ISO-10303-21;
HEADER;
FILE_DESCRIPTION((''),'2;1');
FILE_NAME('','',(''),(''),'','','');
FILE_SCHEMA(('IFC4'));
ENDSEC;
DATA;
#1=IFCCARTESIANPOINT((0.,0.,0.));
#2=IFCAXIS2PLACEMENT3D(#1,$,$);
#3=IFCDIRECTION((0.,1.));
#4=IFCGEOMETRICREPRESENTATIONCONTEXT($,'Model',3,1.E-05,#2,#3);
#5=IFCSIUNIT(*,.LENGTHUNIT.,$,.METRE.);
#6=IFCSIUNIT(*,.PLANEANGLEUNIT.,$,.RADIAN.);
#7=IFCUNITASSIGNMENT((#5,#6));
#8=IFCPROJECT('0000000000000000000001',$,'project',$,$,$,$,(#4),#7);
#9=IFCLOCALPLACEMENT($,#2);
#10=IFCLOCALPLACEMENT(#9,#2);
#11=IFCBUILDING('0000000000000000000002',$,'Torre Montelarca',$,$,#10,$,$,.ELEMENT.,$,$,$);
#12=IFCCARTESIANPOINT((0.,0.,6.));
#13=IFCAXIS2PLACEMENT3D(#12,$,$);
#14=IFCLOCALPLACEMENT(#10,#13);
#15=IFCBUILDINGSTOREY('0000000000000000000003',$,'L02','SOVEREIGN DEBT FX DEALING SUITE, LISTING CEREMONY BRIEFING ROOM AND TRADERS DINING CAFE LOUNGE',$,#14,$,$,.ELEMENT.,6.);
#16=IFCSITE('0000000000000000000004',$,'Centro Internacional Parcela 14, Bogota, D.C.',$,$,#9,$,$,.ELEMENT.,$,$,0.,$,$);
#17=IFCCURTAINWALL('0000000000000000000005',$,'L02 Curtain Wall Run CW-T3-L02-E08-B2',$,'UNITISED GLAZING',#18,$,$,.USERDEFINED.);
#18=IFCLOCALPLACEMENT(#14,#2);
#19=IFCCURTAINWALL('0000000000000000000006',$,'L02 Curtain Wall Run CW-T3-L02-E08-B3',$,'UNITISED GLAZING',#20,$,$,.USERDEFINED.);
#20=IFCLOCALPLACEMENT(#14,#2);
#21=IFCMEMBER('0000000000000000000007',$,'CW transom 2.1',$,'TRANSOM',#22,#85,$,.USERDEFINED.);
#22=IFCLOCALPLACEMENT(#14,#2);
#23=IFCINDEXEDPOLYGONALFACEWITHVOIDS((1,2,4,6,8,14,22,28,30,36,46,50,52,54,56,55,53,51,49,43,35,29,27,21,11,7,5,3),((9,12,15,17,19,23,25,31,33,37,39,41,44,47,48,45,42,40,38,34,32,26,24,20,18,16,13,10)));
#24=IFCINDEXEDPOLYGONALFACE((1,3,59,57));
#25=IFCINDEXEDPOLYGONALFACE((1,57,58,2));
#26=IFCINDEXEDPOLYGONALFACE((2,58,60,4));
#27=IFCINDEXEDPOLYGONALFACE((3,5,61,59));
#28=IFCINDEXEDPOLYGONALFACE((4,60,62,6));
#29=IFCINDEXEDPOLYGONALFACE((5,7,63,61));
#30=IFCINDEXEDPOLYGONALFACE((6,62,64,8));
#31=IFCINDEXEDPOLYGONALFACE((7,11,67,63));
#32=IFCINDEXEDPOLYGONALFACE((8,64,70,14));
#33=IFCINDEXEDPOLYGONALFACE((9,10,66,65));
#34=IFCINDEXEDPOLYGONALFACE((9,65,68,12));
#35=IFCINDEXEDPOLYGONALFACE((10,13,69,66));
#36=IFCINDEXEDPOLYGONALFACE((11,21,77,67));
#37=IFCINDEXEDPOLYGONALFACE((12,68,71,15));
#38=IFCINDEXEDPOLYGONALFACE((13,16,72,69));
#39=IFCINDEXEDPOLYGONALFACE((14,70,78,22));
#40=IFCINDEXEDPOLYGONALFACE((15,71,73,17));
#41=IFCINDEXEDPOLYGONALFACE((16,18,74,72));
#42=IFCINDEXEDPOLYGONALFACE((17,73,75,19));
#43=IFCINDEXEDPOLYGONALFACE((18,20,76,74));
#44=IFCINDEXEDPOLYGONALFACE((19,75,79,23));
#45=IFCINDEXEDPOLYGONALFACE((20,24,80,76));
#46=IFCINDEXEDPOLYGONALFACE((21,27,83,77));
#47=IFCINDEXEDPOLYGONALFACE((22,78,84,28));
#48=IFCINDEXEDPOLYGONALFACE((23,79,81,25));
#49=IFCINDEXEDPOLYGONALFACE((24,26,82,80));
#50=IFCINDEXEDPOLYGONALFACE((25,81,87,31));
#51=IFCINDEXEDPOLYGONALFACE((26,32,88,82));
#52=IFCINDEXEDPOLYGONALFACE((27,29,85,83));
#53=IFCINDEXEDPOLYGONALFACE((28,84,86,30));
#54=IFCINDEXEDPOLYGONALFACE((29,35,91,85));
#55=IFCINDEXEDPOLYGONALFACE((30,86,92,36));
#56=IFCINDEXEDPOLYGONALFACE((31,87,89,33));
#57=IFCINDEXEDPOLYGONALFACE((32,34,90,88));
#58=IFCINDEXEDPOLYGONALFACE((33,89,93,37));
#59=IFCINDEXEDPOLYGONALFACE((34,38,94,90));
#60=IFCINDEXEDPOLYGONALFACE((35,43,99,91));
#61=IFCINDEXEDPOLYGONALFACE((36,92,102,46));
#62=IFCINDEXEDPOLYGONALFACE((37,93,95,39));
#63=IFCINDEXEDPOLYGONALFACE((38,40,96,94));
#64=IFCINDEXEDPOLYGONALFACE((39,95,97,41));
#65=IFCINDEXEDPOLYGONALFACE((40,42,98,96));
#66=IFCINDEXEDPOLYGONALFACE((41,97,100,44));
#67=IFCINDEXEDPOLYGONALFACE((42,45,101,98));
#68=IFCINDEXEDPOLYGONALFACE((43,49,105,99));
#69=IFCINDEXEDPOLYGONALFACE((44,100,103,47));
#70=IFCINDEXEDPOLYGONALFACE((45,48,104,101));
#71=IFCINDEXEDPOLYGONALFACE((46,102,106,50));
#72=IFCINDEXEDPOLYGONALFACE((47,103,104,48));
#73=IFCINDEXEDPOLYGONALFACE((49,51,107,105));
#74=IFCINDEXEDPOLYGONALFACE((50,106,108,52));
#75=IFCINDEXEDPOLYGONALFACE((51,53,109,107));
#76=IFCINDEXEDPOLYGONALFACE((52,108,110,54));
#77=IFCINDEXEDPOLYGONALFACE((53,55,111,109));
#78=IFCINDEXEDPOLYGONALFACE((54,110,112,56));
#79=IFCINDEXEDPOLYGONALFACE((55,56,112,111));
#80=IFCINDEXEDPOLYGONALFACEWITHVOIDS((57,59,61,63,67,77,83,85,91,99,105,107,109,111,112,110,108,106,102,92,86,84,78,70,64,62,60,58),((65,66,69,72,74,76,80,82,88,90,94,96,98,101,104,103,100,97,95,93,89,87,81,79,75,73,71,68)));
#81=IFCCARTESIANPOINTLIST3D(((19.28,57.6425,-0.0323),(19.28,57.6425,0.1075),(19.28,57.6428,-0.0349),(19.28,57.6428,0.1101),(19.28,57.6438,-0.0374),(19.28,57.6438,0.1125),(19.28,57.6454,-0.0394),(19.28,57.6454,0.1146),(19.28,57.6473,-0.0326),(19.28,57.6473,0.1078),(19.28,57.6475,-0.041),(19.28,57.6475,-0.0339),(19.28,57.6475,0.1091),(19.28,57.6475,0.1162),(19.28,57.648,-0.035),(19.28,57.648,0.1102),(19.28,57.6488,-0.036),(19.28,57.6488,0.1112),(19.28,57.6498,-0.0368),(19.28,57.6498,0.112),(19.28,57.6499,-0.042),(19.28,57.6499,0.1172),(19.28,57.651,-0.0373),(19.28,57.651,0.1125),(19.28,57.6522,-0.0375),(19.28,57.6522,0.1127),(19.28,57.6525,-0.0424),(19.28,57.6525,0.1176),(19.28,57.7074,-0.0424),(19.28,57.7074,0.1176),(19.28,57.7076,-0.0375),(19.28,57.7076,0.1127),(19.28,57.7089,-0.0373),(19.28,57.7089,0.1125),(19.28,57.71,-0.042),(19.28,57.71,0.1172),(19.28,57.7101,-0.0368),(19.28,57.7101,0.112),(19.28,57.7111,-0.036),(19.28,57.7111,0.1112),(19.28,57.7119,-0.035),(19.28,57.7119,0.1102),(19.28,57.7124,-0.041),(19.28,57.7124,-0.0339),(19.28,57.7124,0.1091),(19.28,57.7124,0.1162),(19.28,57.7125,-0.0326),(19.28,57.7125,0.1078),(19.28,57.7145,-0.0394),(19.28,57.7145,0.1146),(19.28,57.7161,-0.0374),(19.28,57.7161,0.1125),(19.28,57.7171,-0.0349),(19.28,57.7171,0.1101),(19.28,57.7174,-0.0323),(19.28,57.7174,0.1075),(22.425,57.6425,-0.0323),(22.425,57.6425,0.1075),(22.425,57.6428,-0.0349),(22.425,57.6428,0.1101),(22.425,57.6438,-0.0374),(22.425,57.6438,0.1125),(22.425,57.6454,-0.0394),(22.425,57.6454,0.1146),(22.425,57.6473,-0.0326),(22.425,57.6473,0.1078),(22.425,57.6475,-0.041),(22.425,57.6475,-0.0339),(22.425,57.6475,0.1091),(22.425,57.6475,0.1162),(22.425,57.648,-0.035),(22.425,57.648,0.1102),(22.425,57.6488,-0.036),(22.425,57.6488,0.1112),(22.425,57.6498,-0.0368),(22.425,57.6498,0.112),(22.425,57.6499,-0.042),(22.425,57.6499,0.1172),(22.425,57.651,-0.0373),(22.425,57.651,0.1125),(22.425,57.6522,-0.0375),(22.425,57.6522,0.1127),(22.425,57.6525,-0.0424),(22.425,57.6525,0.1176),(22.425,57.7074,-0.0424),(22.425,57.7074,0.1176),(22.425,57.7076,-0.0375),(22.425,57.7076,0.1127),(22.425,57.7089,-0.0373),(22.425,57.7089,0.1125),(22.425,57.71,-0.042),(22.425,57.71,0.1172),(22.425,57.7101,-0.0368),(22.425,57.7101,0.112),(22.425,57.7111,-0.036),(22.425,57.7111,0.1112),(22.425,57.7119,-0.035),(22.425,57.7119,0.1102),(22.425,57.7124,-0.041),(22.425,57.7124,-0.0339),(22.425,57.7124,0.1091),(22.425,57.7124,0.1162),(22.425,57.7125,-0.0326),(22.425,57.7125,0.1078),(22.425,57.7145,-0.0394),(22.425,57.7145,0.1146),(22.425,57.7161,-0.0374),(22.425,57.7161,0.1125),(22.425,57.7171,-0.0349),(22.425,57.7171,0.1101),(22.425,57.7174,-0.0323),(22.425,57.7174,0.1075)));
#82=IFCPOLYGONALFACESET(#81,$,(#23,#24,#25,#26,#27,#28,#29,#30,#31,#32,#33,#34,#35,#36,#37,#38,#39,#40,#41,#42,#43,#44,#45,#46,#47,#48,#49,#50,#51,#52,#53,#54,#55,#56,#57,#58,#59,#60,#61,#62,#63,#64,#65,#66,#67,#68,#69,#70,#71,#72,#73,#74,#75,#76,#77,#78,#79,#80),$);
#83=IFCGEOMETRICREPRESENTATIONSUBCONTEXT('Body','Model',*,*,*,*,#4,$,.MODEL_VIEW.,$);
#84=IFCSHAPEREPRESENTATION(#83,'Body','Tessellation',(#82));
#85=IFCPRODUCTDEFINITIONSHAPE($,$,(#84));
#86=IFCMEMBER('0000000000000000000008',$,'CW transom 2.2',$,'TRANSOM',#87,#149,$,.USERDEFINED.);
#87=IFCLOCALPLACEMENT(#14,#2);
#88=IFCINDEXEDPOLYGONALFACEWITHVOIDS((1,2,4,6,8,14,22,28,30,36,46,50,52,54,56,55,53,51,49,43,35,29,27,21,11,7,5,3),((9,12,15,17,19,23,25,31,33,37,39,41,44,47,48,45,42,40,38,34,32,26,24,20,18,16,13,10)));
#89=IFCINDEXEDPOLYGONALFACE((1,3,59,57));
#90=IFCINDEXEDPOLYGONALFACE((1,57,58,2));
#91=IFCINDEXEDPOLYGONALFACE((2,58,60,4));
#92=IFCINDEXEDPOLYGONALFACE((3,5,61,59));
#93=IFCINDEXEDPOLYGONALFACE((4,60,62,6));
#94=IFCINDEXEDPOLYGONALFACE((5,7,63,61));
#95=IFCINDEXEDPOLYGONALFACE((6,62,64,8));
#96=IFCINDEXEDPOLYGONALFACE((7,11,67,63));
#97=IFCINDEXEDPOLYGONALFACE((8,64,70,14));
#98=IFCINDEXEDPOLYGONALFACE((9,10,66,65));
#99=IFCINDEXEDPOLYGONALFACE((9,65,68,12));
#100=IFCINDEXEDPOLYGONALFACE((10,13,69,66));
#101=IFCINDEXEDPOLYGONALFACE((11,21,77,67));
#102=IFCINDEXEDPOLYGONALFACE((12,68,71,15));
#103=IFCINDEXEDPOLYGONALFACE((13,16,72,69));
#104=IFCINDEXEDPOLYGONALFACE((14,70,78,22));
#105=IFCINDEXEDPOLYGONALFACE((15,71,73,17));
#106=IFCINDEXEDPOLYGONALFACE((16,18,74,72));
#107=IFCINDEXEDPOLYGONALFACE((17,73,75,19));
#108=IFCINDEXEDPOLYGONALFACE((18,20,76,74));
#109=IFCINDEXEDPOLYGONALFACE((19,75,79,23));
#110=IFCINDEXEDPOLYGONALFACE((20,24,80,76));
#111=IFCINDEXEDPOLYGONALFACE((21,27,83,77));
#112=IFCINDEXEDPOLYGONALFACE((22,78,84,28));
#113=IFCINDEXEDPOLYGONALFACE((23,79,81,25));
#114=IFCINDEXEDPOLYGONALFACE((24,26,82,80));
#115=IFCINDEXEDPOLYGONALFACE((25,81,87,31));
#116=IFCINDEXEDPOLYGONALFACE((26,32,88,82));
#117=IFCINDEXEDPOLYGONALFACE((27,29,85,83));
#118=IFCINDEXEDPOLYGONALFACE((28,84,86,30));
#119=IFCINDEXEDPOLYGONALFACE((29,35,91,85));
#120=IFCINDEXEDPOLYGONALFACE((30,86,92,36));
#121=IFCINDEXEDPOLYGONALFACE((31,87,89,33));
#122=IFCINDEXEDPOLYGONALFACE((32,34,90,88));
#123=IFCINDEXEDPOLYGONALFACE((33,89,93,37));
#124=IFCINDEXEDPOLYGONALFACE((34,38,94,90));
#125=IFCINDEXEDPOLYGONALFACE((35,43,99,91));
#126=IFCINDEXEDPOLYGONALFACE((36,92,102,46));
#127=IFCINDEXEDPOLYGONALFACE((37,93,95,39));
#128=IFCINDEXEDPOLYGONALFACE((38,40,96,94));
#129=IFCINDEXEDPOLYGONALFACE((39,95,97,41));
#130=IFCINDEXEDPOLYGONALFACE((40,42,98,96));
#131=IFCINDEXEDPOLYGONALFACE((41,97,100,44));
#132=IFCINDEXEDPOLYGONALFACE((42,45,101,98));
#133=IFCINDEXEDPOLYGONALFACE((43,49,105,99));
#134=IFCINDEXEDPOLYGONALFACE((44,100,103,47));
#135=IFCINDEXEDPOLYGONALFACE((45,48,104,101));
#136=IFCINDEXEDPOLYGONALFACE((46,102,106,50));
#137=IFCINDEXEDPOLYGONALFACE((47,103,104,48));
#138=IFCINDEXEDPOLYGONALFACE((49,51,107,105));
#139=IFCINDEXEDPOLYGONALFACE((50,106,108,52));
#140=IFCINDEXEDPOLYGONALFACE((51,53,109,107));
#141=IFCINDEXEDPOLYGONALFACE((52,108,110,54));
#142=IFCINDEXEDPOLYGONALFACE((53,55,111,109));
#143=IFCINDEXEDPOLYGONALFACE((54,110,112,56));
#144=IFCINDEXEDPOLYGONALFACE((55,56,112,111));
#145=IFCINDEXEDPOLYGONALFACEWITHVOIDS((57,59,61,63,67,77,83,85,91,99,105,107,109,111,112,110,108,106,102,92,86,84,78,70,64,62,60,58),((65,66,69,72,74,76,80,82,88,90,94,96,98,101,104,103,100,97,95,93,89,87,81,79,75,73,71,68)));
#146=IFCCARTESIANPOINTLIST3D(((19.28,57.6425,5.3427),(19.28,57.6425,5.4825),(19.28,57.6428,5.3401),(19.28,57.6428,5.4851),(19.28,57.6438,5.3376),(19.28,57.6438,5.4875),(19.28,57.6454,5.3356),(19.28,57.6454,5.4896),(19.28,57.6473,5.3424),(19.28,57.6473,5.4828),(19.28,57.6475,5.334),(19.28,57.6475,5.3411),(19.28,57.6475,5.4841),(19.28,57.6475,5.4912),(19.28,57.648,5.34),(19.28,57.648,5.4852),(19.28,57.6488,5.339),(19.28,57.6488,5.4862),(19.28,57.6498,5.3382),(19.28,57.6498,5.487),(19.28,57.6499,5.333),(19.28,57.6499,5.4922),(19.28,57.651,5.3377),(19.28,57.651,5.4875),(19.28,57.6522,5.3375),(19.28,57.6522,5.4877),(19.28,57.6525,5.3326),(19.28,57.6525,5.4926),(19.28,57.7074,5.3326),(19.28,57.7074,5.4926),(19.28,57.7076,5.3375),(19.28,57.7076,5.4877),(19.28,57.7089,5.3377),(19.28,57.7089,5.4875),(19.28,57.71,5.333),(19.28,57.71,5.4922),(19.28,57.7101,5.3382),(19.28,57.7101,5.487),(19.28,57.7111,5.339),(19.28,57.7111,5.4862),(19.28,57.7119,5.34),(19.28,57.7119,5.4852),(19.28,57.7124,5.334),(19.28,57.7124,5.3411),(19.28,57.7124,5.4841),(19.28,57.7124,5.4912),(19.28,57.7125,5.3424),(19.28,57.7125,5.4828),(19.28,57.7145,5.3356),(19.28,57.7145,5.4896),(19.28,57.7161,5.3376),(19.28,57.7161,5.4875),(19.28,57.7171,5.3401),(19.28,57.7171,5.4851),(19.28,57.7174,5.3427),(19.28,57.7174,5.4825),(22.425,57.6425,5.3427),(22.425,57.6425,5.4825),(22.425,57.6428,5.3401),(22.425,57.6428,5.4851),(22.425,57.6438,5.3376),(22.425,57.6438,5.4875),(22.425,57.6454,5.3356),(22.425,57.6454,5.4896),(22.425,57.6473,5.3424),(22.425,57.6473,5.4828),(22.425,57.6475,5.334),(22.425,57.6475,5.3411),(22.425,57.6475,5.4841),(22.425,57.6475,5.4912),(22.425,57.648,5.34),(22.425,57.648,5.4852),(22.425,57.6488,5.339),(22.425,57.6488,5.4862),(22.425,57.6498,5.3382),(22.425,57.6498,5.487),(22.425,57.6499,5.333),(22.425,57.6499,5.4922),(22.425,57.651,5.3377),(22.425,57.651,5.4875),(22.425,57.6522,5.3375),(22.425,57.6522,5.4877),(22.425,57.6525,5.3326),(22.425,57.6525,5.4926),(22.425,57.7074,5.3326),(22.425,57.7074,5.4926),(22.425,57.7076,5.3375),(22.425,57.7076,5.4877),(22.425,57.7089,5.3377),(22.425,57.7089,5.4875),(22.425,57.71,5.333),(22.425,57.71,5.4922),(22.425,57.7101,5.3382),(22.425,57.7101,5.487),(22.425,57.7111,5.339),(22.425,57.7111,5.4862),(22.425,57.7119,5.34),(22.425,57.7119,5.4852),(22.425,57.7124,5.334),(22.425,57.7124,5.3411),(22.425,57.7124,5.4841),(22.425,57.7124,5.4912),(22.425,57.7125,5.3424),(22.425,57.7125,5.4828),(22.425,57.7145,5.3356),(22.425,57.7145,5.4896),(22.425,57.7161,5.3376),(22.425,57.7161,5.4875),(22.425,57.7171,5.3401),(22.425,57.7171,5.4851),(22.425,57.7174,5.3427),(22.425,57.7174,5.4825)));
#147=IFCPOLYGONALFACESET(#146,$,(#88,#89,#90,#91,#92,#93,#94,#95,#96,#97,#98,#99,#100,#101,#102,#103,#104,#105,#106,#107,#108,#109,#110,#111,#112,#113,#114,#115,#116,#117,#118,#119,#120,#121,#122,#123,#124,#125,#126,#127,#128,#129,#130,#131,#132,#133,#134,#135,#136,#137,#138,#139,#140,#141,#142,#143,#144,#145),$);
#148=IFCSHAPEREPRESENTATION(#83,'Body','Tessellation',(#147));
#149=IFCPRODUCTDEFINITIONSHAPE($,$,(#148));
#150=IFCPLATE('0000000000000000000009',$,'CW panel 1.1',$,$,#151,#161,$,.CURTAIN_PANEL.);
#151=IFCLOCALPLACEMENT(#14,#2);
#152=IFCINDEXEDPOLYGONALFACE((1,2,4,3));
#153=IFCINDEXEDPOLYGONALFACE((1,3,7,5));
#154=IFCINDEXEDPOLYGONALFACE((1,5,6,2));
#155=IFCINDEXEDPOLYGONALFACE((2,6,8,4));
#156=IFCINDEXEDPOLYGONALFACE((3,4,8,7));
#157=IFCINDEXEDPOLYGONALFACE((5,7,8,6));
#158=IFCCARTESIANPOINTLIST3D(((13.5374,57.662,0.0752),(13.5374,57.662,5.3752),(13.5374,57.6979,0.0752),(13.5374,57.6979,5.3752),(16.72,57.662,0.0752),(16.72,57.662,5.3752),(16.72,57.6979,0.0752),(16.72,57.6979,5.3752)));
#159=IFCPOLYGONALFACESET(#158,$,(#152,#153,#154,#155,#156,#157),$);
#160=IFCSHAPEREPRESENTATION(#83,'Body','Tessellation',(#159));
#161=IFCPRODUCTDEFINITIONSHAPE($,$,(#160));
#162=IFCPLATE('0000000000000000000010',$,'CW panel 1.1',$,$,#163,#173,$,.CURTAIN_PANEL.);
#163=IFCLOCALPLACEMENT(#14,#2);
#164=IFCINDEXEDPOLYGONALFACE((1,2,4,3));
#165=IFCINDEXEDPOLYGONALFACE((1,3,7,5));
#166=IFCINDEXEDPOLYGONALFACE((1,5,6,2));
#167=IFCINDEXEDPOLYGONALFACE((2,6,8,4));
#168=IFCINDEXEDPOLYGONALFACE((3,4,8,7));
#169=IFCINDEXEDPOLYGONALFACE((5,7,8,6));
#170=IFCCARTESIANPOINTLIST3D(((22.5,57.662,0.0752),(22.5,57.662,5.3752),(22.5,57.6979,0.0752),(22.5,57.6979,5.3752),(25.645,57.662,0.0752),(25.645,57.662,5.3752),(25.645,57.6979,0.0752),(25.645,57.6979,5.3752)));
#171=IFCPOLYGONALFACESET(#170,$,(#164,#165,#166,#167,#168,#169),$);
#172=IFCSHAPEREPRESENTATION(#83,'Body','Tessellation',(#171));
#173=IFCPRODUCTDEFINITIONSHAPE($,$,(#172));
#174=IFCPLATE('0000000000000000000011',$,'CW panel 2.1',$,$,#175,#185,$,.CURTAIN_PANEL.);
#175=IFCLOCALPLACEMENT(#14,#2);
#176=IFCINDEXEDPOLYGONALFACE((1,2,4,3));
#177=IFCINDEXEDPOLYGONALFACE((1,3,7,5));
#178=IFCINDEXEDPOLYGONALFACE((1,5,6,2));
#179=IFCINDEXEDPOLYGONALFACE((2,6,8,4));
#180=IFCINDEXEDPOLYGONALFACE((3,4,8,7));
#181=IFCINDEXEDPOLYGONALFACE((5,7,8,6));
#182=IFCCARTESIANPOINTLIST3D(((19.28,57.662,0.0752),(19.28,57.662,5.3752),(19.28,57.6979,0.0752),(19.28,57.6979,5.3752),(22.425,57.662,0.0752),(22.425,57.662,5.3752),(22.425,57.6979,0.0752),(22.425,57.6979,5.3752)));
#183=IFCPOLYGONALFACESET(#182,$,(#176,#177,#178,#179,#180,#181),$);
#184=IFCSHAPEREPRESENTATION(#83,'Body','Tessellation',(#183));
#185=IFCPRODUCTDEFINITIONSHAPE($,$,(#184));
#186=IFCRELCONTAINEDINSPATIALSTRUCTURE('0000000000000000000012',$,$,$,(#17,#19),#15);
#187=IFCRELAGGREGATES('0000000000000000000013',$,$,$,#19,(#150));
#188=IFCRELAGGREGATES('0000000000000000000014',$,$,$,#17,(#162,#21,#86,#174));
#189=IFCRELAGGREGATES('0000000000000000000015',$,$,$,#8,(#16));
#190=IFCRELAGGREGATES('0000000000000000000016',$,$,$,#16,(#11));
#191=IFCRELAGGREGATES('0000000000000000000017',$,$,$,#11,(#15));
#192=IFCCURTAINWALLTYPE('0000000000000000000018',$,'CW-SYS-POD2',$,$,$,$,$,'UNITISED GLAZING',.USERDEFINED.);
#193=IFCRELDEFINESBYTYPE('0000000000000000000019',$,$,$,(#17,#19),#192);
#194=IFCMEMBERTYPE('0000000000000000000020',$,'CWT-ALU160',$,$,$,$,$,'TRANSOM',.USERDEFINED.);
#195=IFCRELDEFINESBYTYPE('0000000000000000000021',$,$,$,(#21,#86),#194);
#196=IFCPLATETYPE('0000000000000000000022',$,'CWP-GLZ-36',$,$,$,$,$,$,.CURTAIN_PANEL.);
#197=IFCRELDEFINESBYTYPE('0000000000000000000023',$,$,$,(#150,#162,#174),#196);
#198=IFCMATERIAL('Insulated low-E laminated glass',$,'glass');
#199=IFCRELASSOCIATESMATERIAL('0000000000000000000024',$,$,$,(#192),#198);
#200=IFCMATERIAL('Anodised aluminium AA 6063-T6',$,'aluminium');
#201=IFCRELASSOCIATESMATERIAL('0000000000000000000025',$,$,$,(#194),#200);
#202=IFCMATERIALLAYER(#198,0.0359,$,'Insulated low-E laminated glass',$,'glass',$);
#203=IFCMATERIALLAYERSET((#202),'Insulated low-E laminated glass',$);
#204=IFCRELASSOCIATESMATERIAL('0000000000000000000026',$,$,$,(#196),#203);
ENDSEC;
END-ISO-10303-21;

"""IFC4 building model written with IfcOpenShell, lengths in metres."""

from ifc_helpers import new_model, si_unit, direction, frame, origin, origin_2d, place, context, subcontext, project, spatial, rectangle, hollow_rectangle, extrude, source, transform, mapped, material, layer, layer_set, material_profile, profile_set, type_object, element, aggregate, save


model = new_model("IFC4")

# Units and contexts
model_context = context("Model", 3, precision=1e-05, world=origin(), true_north=direction((0.0, 1.0)))
body_context = subcontext(model_context, "Body", "Model", "MODEL_VIEW")
ifc_project = project(units=[si_unit("LENGTHUNIT", "METRE"), si_unit("PLANEANGLEUNIT", "RADIAN")], contexts=[model_context])

# Site, building, storey
site_placement = place(None, origin())
site = spatial("IfcSite", under=ifc_project, at=site_placement, Name="Centro Internacional Parcela 14, Bogota, D.C.", CompositionType="ELEMENT", RefElevation=0.0)
building_placement = place(site_placement, origin())
building = spatial("IfcBuilding", under=site, at=building_placement, Name="Torre Montelarca", CompositionType="ELEMENT")
storey_placement = place(building_placement, frame((0.0, 0.0, 6.0)))
storey = spatial("IfcBuildingStorey", under=building, at=storey_placement, Name="L02", Description="SOVEREIGN DEBT FX DEALING SUITE, LISTING CEREMONY BRIEFING ROOM AND TRADERS DINING CAFE LOUNGE", CompositionType="ELEMENT", Elevation=6.0)

# Curtain walls
ifc_material_1 = material(Name="Insulated low-E laminated glass", Category="glass")
curtain_wall_type = type_object("IfcCurtainWallType", Name="CW-SYS-POD2", ElementType="UNITISED GLAZING", PredefinedType="USERDEFINED", material=ifc_material_1)
curtain_wall_1_placement = place(storey_placement, origin())
curtain_wall_1 = element("IfcCurtainWall", 1, at=curtain_wall_1_placement, inside=storey, type_object=curtain_wall_type, Name="L02 Curtain Wall Run CW-T3-L02-E08-B2", ObjectType="UNITISED GLAZING", PredefinedType="USERDEFINED")
ifc_material_2 = material(Name="Anodised aluminium AA 6063-T6", Category="aluminium")
curtain_wall_2_placement = place(storey_placement, origin())
curtain_wall_2 = element("IfcCurtainWall", 2, at=curtain_wall_2_placement, inside=storey, type_object=curtain_wall_type, Name="L02 Curtain Wall Run CW-T3-L02-E08-B3", ObjectType="UNITISED GLAZING", PredefinedType="USERDEFINED")
ifc_material_profile_1 = material_profile(ifc_material_2, hollow_rectangle(XDim=0.075, YDim=0.1599, WallThickness=0.0049, InnerFilletRadius=0.0049, OuterFilletRadius=0.01, at=origin_2d()), Name="ALU75X160X5", Category="aluminium")
ifc_profile_set_1 = profile_set([ifc_material_profile_1], Name="Anodised aluminium AA 6063-T6")
member_type_1 = type_object("IfcMemberType", Name="CWT-ALU160", ElementType="TRANSOM", PredefinedType="USERDEFINED", material=ifc_profile_set_1)

# Members
shared_shape_1 = source(origin(), body_context, "Body", "SweptSolid", [
    extrude(hollow_rectangle(XDim=0.075, YDim=0.1599, WallThickness=0.0049, InnerFilletRadius=0.0049, OuterFilletRadius=0.01, at=origin_2d()), origin(), (0.0, 0.0, 1.0), 3.145),
])
member_1_placement = place(storey_placement, frame((22.425, 57.6799, 0.0376), z_axis=(-1.0, 0.0, 0.0), x_axis=(0.0, -1.0, 0.0)))
member_1 = element("IfcMember", 3, at=member_1_placement, type_object=member_type_1, Name="CW transom 2.1", ObjectType="TRANSOM", PredefinedType="USERDEFINED", context=body_context, shape_type="MappedRepresentation", body=[
    mapped(shared_shape_1, transform((0.0, 0.0, 0.0), scale=1.0)),
])
member_2_placement = place(storey_placement, frame((22.425, 57.6799, 5.4126), z_axis=(-1.0, 0.0, 0.0), x_axis=(0.0, -1.0, 0.0)))
member_2 = element("IfcMember", 4, at=member_2_placement, type_object=member_type_1, Name="CW transom 2.2", ObjectType="TRANSOM", PredefinedType="USERDEFINED", context=body_context, shape_type="MappedRepresentation", body=[
    mapped(shared_shape_1, transform((0.0, 0.0, 0.0), scale=1.0)),
])

# Plates
ifc_layer_1 = layer(ifc_material_1, 0.0359, Name="Insulated low-E laminated glass", Category="glass")
ifc_layer_set_1 = layer_set([ifc_layer_1], Name="Insulated low-E laminated glass")
plate_type = type_object("IfcPlateType", Name="CWP-GLZ-36", PredefinedType="CURTAIN_PANEL", material=ifc_layer_set_1)
shared_shape_2 = source(origin(), body_context, "Body", "SweptSolid", [
    extrude(rectangle(XDim=3.1826, YDim=0.0359, at=origin_2d()), origin(), (0.0, 0.0, 1.0), 5.3),
])
plate_1_placement = place(storey_placement, frame((15.1287, 57.6799, 0.0752), z_axis=(0.0, 0.0, 1.0), x_axis=(-1.0, 0.0, 0.0)))
plate_1 = element("IfcPlate", 5, at=plate_1_placement, type_object=plate_type, Name="CW panel 1.1", PredefinedType="CURTAIN_PANEL", context=body_context, shape_type="MappedRepresentation", body=[
    mapped(shared_shape_2, transform((0.0, 0.0, 0.0), scale=1.0)),
])
aggregate(curtain_wall_2, [plate_1])
shared_shape_3 = source(origin(), body_context, "Body", "SweptSolid", [
    extrude(rectangle(XDim=3.145, YDim=0.0359, at=origin_2d()), origin(), (0.0, 0.0, 1.0), 5.3),
])
plate_2_placement = place(storey_placement, frame((24.0725, 57.6799, 0.0752), z_axis=(0.0, 0.0, 1.0), x_axis=(-1.0, 0.0, 0.0)))
plate_2 = element("IfcPlate", 6, at=plate_2_placement, type_object=plate_type, Name="CW panel 1.1", PredefinedType="CURTAIN_PANEL", context=body_context, shape_type="MappedRepresentation", body=[
    mapped(shared_shape_3, transform((0.0, 0.0, 0.0), scale=1.0)),
])
plate_3_placement = place(storey_placement, frame((20.8525, 57.6799, 0.0752), z_axis=(0.0, 0.0, 1.0), x_axis=(-1.0, 0.0, 0.0)))
plate_3 = element("IfcPlate", 7, at=plate_3_placement, type_object=plate_type, Name="CW panel 2.1", PredefinedType="CURTAIN_PANEL", context=body_context, shape_type="MappedRepresentation", body=[
    mapped(shared_shape_3, transform((0.0, 0.0, 0.0), scale=1.0)),
])
aggregate(curtain_wall_1, [plate_2, member_1, member_2, plate_3])

save(model, "model.ifc")
